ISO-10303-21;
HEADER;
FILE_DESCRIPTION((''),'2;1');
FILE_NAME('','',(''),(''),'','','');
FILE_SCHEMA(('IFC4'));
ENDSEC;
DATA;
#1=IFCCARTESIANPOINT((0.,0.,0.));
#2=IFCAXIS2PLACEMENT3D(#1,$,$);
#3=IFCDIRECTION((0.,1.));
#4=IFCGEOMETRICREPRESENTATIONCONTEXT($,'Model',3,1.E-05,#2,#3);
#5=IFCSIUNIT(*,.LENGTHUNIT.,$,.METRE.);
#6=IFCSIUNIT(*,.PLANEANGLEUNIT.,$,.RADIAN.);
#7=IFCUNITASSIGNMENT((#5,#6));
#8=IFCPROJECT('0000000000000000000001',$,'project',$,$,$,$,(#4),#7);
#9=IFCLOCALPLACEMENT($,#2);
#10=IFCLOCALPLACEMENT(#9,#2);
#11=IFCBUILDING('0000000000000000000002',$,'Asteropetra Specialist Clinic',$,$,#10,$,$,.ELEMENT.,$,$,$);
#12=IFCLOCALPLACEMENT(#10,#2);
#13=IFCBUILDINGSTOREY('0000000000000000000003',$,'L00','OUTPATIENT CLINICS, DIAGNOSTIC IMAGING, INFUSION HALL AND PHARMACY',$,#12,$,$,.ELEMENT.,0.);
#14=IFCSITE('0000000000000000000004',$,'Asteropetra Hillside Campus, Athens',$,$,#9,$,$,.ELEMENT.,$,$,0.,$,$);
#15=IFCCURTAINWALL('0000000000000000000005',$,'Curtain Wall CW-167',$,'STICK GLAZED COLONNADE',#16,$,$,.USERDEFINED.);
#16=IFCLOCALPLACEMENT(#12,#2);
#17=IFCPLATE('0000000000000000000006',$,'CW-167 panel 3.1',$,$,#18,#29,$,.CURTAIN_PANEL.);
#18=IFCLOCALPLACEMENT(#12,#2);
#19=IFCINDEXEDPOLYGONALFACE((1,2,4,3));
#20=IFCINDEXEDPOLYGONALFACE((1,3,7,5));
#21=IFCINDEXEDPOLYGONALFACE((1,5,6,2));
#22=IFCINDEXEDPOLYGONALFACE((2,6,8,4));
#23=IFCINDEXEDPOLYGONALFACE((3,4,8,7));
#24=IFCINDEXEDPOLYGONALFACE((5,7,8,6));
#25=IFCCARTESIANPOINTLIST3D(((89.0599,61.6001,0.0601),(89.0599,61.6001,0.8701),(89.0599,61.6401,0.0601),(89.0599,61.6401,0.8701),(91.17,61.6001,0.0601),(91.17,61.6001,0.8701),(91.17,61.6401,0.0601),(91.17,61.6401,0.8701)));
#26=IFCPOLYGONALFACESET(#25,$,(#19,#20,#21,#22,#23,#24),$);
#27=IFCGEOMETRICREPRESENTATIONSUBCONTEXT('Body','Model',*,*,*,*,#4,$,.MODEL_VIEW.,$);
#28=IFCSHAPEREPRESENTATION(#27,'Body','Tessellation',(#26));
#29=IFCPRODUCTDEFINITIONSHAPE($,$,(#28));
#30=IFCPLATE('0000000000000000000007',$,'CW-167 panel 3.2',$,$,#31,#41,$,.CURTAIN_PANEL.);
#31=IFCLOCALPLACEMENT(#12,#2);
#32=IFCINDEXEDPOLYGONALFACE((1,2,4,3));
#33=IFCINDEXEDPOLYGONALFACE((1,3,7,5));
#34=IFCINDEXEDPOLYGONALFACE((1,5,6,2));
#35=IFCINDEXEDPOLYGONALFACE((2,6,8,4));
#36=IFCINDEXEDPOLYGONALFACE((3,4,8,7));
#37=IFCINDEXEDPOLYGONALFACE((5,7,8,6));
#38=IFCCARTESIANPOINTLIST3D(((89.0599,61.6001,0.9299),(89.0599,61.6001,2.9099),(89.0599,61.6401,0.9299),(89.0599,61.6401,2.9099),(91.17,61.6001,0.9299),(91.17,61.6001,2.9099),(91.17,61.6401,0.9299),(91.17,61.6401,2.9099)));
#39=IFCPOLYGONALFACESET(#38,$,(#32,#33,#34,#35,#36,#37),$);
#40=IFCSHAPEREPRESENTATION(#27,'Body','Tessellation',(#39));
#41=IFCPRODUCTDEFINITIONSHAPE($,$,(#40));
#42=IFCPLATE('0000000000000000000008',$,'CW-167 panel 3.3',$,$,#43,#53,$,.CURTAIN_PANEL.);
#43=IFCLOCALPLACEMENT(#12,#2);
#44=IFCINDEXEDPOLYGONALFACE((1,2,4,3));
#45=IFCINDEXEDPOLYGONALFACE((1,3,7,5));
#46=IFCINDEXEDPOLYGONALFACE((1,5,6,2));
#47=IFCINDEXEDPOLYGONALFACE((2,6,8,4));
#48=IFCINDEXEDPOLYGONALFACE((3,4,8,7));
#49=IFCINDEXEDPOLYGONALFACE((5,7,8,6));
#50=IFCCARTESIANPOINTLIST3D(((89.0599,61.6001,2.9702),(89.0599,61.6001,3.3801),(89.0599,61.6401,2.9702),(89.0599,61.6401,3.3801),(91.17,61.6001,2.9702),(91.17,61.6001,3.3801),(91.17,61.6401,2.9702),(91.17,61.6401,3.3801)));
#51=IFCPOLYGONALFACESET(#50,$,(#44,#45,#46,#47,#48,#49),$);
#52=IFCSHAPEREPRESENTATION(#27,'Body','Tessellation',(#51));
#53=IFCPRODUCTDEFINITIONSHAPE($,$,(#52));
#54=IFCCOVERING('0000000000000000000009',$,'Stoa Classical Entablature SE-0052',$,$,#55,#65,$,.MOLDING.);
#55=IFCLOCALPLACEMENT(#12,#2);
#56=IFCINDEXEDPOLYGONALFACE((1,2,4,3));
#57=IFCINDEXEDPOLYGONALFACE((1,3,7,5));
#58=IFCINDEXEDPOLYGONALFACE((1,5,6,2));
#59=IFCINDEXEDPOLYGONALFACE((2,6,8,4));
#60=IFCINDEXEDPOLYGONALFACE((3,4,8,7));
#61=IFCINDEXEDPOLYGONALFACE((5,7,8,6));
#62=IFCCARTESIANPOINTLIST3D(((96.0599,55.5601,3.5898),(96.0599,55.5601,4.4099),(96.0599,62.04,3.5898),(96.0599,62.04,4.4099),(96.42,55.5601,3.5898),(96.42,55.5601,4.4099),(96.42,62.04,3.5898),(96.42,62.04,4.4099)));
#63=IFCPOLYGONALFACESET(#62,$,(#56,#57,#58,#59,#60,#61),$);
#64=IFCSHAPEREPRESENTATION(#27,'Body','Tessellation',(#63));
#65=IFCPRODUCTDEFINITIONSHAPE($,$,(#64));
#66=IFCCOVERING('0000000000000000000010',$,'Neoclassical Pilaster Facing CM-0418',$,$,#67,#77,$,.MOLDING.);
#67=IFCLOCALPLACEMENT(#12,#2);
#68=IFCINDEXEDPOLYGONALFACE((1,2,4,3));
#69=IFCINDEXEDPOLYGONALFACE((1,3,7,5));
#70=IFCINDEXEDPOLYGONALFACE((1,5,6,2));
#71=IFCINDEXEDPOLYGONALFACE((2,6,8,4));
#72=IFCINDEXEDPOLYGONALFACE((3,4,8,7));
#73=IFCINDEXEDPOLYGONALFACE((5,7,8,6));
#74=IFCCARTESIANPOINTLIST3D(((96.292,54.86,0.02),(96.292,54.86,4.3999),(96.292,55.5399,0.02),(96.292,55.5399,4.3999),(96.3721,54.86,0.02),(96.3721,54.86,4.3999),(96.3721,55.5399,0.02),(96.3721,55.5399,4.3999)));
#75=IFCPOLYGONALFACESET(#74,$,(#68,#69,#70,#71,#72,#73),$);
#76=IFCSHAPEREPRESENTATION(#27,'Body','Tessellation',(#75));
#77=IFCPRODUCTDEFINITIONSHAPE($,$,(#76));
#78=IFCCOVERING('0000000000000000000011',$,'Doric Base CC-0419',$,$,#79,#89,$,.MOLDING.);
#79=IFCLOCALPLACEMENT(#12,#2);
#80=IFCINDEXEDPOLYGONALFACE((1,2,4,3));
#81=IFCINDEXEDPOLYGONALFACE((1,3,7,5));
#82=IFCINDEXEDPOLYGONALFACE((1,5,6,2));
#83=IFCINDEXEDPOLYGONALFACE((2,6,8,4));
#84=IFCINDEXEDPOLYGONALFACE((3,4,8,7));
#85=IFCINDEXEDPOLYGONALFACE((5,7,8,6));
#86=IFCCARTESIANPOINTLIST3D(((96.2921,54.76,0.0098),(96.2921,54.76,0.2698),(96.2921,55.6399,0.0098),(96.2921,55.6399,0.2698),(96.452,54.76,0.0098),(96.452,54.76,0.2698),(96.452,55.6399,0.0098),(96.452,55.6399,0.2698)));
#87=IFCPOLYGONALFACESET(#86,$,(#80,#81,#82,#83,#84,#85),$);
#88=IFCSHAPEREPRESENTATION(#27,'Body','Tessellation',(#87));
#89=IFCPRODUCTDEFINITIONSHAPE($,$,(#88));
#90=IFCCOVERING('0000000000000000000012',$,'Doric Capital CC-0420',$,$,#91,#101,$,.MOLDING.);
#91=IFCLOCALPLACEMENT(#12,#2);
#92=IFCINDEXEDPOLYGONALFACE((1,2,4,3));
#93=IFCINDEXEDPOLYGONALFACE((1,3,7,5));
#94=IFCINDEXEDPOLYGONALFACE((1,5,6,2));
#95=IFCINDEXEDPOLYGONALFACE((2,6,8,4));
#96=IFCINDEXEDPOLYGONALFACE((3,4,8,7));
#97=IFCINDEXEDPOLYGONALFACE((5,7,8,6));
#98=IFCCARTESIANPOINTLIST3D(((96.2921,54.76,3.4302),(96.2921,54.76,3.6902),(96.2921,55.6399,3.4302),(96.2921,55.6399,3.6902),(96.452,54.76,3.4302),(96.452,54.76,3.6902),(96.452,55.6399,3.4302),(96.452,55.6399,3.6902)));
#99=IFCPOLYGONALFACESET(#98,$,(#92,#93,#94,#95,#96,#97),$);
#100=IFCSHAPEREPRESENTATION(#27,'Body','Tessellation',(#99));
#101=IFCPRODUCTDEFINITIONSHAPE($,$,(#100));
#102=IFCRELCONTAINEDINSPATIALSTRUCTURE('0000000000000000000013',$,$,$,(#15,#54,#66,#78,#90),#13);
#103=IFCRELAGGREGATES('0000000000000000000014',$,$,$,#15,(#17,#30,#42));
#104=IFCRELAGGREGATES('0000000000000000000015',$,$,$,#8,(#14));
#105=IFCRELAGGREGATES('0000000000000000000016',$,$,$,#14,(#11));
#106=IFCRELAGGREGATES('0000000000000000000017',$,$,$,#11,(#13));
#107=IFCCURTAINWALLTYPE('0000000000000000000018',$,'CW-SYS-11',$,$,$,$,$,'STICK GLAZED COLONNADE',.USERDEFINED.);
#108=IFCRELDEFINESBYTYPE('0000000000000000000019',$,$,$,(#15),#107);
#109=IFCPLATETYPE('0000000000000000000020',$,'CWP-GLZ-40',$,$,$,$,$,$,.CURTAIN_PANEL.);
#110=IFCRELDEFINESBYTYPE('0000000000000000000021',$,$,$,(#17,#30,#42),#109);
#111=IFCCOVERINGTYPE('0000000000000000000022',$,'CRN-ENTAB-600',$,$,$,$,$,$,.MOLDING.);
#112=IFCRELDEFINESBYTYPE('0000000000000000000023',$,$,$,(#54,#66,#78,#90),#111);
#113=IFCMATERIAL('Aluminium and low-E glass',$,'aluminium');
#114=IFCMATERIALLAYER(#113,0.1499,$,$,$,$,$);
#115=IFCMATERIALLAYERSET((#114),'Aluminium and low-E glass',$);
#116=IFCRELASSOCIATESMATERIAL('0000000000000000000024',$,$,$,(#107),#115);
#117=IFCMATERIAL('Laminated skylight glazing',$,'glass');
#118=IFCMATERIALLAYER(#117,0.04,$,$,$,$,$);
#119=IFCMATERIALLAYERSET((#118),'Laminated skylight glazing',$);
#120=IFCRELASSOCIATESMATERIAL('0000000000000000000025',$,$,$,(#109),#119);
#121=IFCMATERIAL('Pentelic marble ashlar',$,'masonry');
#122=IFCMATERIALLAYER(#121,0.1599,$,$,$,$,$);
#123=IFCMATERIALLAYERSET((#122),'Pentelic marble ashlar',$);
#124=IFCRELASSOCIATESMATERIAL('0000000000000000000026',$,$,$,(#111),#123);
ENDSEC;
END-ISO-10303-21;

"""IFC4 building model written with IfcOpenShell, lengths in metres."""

from ifc_helpers import new_model, si_unit, direction, frame, origin, origin_2d, place, context, subcontext, project, spatial, rectangle, extrude, material, layer, layer_set, type_object, element, aggregate, save


model = new_model("IFC4")

# Units and contexts
model_context = context("Model", 3, precision=1e-05, world=origin(), true_north=direction((0.0, 1.0)))
body_context = subcontext(model_context, "Body", "Model", "MODEL_VIEW")
ifc_project = project(units=[si_unit("LENGTHUNIT", "METRE"), si_unit("PLANEANGLEUNIT", "RADIAN")], contexts=[model_context])

# Site, building, storey
site_placement = place(None, origin())
site = spatial("IfcSite", under=ifc_project, at=site_placement, Name="Asteropetra Hillside Campus, Athens", CompositionType="ELEMENT", RefElevation=0.0)
building_placement = place(site_placement, origin())
building = spatial("IfcBuilding", under=site, at=building_placement, Name="Asteropetra Specialist Clinic", CompositionType="ELEMENT")
storey_placement = place(building_placement, origin())
storey = spatial("IfcBuildingStorey", under=building, at=storey_placement, Name="L00", Description="OUTPATIENT CLINICS, DIAGNOSTIC IMAGING, INFUSION HALL AND PHARMACY", CompositionType="ELEMENT", Elevation=0.0)

# Curtain wall
ifc_material_1 = material(Name="Aluminium and low-E glass", Category="aluminium")
ifc_layer_1 = layer(ifc_material_1, 0.1499)
ifc_layer_set_1 = layer_set([ifc_layer_1], Name="Aluminium and low-E glass")
curtain_wall_type_1 = type_object("IfcCurtainWallType", Name="CW-SYS-11", ElementType="STICK GLAZED COLONNADE", PredefinedType="USERDEFINED", material=ifc_layer_set_1)
curtain_wall_1_placement = place(storey_placement, origin())
curtain_wall_1 = element("IfcCurtainWall", 1, at=curtain_wall_1_placement, inside=storey, type_object=curtain_wall_type_1, Name="Curtain Wall CW-167", ObjectType="STICK GLAZED COLONNADE", PredefinedType="USERDEFINED")

# Plates
ifc_material_2 = material(Name="Laminated skylight glazing", Category="glass")
ifc_layer_2 = layer(ifc_material_2, 0.04)
ifc_layer_set_2 = layer_set([ifc_layer_2], Name="Laminated skylight glazing")
plate_type_1 = type_object("IfcPlateType", Name="CWP-GLZ-40", PredefinedType="CURTAIN_PANEL", material=ifc_layer_set_2)
plate_1_placement = place(storey_placement, frame((90.115, 61.6201, 0.0601), z_axis=(0.0, 0.0, 1.0), x_axis=(-1.0, 0.0, 0.0)))
plate_1 = element("IfcPlate", 2, at=plate_1_placement, type_object=plate_type_1, Name="CW-167 panel 3.1", PredefinedType="CURTAIN_PANEL", context=body_context, shape_type="SweptSolid", body=[
    extrude(rectangle(XDim=2.1101, YDim=0.04, at=origin_2d()), origin(), (0.0, 0.0, 1.0), 0.8101),
])
plate_2_placement = place(storey_placement, frame((90.115, 61.6201, 0.9299), z_axis=(0.0, 0.0, 1.0), x_axis=(-1.0, 0.0, 0.0)))
plate_2 = element("IfcPlate", 3, at=plate_2_placement, type_object=plate_type_1, Name="CW-167 panel 3.2", PredefinedType="CURTAIN_PANEL", context=body_context, shape_type="SweptSolid", body=[
    extrude(rectangle(XDim=2.1101, YDim=0.04, at=origin_2d()), origin(), (0.0, 0.0, 1.0), 1.98),
])
plate_3_placement = place(storey_placement, frame((90.115, 61.6201, 2.9702), z_axis=(0.0, 0.0, 1.0), x_axis=(-1.0, 0.0, 0.0)))
plate_3 = element("IfcPlate", 4, at=plate_3_placement, type_object=plate_type_1, Name="CW-167 panel 3.3", PredefinedType="CURTAIN_PANEL", context=body_context, shape_type="SweptSolid", body=[
    extrude(rectangle(XDim=2.1101, YDim=0.04, at=origin_2d()), origin(), (0.0, 0.0, 1.0), 0.4099),
])
aggregate(curtain_wall_1, [plate_1, plate_2, plate_3])

# Coverings
ifc_material_3 = material(Name="Pentelic marble ashlar", Category="masonry")
ifc_layer_3 = layer(ifc_material_3, 0.1599)
ifc_layer_set_3 = layer_set([ifc_layer_3], Name="Pentelic marble ashlar")
covering_type = type_object("IfcCoveringType", Name="CRN-ENTAB-600", PredefinedType="MOLDING", material=ifc_layer_set_3)
covering_1_placement = place(storey_placement, frame((96.24, 58.8, 3.5898), z_axis=(0.0, 0.0, 1.0), x_axis=(1.0, 0.0, 0.0)))
element("IfcCovering", 5, at=covering_1_placement, inside=storey, type_object=covering_type, Name="Stoa Classical Entablature SE-0052", PredefinedType="MOLDING", context=body_context, shape_type="SweptSolid", body=[
    extrude(rectangle(XDim=0.3601, YDim=6.48, at=origin_2d()), origin(), (0.0, 0.0, 1.0), 0.8201),
])
covering_2_placement = place(storey_placement, frame((96.332, 55.2, 0.02), z_axis=(0.0, 0.0, 1.0), x_axis=(1.0, 0.0, 0.0)))
element("IfcCovering", 6, at=covering_2_placement, inside=storey, type_object=covering_type, Name="Neoclassical Pilaster Facing CM-0418", PredefinedType="MOLDING", context=body_context, shape_type="SweptSolid", body=[
    extrude(rectangle(XDim=0.0801, YDim=0.6799, at=origin_2d()), origin(), (0.0, 0.0, 1.0), 4.3799),
])
for number, where, z_axis, x_axis, name in (
    (7, (96.3721, 55.2, 0.0098), (0.0, 0.0, 1.0), (1.0, 0.0, 0.0), "Doric Base CC-0419"),
    (8, (96.3721, 55.2, 3.4302), (0.0, 0.0, 1.0), (1.0, 0.0, 0.0), "Doric Capital CC-0420"),
):
    element("IfcCovering", number, at=place(storey_placement, frame(where, z_axis=z_axis, x_axis=x_axis)), inside=storey, type_object=covering_type, Name=name, PredefinedType="MOLDING", context=body_context, shape_type="SweptSolid", body=[
        extrude(rectangle(XDim=0.1599, YDim=0.8799, at=origin_2d()), origin(), (0.0, 0.0, 1.0), 0.26),
    ])

save(model, "model.ifc")
